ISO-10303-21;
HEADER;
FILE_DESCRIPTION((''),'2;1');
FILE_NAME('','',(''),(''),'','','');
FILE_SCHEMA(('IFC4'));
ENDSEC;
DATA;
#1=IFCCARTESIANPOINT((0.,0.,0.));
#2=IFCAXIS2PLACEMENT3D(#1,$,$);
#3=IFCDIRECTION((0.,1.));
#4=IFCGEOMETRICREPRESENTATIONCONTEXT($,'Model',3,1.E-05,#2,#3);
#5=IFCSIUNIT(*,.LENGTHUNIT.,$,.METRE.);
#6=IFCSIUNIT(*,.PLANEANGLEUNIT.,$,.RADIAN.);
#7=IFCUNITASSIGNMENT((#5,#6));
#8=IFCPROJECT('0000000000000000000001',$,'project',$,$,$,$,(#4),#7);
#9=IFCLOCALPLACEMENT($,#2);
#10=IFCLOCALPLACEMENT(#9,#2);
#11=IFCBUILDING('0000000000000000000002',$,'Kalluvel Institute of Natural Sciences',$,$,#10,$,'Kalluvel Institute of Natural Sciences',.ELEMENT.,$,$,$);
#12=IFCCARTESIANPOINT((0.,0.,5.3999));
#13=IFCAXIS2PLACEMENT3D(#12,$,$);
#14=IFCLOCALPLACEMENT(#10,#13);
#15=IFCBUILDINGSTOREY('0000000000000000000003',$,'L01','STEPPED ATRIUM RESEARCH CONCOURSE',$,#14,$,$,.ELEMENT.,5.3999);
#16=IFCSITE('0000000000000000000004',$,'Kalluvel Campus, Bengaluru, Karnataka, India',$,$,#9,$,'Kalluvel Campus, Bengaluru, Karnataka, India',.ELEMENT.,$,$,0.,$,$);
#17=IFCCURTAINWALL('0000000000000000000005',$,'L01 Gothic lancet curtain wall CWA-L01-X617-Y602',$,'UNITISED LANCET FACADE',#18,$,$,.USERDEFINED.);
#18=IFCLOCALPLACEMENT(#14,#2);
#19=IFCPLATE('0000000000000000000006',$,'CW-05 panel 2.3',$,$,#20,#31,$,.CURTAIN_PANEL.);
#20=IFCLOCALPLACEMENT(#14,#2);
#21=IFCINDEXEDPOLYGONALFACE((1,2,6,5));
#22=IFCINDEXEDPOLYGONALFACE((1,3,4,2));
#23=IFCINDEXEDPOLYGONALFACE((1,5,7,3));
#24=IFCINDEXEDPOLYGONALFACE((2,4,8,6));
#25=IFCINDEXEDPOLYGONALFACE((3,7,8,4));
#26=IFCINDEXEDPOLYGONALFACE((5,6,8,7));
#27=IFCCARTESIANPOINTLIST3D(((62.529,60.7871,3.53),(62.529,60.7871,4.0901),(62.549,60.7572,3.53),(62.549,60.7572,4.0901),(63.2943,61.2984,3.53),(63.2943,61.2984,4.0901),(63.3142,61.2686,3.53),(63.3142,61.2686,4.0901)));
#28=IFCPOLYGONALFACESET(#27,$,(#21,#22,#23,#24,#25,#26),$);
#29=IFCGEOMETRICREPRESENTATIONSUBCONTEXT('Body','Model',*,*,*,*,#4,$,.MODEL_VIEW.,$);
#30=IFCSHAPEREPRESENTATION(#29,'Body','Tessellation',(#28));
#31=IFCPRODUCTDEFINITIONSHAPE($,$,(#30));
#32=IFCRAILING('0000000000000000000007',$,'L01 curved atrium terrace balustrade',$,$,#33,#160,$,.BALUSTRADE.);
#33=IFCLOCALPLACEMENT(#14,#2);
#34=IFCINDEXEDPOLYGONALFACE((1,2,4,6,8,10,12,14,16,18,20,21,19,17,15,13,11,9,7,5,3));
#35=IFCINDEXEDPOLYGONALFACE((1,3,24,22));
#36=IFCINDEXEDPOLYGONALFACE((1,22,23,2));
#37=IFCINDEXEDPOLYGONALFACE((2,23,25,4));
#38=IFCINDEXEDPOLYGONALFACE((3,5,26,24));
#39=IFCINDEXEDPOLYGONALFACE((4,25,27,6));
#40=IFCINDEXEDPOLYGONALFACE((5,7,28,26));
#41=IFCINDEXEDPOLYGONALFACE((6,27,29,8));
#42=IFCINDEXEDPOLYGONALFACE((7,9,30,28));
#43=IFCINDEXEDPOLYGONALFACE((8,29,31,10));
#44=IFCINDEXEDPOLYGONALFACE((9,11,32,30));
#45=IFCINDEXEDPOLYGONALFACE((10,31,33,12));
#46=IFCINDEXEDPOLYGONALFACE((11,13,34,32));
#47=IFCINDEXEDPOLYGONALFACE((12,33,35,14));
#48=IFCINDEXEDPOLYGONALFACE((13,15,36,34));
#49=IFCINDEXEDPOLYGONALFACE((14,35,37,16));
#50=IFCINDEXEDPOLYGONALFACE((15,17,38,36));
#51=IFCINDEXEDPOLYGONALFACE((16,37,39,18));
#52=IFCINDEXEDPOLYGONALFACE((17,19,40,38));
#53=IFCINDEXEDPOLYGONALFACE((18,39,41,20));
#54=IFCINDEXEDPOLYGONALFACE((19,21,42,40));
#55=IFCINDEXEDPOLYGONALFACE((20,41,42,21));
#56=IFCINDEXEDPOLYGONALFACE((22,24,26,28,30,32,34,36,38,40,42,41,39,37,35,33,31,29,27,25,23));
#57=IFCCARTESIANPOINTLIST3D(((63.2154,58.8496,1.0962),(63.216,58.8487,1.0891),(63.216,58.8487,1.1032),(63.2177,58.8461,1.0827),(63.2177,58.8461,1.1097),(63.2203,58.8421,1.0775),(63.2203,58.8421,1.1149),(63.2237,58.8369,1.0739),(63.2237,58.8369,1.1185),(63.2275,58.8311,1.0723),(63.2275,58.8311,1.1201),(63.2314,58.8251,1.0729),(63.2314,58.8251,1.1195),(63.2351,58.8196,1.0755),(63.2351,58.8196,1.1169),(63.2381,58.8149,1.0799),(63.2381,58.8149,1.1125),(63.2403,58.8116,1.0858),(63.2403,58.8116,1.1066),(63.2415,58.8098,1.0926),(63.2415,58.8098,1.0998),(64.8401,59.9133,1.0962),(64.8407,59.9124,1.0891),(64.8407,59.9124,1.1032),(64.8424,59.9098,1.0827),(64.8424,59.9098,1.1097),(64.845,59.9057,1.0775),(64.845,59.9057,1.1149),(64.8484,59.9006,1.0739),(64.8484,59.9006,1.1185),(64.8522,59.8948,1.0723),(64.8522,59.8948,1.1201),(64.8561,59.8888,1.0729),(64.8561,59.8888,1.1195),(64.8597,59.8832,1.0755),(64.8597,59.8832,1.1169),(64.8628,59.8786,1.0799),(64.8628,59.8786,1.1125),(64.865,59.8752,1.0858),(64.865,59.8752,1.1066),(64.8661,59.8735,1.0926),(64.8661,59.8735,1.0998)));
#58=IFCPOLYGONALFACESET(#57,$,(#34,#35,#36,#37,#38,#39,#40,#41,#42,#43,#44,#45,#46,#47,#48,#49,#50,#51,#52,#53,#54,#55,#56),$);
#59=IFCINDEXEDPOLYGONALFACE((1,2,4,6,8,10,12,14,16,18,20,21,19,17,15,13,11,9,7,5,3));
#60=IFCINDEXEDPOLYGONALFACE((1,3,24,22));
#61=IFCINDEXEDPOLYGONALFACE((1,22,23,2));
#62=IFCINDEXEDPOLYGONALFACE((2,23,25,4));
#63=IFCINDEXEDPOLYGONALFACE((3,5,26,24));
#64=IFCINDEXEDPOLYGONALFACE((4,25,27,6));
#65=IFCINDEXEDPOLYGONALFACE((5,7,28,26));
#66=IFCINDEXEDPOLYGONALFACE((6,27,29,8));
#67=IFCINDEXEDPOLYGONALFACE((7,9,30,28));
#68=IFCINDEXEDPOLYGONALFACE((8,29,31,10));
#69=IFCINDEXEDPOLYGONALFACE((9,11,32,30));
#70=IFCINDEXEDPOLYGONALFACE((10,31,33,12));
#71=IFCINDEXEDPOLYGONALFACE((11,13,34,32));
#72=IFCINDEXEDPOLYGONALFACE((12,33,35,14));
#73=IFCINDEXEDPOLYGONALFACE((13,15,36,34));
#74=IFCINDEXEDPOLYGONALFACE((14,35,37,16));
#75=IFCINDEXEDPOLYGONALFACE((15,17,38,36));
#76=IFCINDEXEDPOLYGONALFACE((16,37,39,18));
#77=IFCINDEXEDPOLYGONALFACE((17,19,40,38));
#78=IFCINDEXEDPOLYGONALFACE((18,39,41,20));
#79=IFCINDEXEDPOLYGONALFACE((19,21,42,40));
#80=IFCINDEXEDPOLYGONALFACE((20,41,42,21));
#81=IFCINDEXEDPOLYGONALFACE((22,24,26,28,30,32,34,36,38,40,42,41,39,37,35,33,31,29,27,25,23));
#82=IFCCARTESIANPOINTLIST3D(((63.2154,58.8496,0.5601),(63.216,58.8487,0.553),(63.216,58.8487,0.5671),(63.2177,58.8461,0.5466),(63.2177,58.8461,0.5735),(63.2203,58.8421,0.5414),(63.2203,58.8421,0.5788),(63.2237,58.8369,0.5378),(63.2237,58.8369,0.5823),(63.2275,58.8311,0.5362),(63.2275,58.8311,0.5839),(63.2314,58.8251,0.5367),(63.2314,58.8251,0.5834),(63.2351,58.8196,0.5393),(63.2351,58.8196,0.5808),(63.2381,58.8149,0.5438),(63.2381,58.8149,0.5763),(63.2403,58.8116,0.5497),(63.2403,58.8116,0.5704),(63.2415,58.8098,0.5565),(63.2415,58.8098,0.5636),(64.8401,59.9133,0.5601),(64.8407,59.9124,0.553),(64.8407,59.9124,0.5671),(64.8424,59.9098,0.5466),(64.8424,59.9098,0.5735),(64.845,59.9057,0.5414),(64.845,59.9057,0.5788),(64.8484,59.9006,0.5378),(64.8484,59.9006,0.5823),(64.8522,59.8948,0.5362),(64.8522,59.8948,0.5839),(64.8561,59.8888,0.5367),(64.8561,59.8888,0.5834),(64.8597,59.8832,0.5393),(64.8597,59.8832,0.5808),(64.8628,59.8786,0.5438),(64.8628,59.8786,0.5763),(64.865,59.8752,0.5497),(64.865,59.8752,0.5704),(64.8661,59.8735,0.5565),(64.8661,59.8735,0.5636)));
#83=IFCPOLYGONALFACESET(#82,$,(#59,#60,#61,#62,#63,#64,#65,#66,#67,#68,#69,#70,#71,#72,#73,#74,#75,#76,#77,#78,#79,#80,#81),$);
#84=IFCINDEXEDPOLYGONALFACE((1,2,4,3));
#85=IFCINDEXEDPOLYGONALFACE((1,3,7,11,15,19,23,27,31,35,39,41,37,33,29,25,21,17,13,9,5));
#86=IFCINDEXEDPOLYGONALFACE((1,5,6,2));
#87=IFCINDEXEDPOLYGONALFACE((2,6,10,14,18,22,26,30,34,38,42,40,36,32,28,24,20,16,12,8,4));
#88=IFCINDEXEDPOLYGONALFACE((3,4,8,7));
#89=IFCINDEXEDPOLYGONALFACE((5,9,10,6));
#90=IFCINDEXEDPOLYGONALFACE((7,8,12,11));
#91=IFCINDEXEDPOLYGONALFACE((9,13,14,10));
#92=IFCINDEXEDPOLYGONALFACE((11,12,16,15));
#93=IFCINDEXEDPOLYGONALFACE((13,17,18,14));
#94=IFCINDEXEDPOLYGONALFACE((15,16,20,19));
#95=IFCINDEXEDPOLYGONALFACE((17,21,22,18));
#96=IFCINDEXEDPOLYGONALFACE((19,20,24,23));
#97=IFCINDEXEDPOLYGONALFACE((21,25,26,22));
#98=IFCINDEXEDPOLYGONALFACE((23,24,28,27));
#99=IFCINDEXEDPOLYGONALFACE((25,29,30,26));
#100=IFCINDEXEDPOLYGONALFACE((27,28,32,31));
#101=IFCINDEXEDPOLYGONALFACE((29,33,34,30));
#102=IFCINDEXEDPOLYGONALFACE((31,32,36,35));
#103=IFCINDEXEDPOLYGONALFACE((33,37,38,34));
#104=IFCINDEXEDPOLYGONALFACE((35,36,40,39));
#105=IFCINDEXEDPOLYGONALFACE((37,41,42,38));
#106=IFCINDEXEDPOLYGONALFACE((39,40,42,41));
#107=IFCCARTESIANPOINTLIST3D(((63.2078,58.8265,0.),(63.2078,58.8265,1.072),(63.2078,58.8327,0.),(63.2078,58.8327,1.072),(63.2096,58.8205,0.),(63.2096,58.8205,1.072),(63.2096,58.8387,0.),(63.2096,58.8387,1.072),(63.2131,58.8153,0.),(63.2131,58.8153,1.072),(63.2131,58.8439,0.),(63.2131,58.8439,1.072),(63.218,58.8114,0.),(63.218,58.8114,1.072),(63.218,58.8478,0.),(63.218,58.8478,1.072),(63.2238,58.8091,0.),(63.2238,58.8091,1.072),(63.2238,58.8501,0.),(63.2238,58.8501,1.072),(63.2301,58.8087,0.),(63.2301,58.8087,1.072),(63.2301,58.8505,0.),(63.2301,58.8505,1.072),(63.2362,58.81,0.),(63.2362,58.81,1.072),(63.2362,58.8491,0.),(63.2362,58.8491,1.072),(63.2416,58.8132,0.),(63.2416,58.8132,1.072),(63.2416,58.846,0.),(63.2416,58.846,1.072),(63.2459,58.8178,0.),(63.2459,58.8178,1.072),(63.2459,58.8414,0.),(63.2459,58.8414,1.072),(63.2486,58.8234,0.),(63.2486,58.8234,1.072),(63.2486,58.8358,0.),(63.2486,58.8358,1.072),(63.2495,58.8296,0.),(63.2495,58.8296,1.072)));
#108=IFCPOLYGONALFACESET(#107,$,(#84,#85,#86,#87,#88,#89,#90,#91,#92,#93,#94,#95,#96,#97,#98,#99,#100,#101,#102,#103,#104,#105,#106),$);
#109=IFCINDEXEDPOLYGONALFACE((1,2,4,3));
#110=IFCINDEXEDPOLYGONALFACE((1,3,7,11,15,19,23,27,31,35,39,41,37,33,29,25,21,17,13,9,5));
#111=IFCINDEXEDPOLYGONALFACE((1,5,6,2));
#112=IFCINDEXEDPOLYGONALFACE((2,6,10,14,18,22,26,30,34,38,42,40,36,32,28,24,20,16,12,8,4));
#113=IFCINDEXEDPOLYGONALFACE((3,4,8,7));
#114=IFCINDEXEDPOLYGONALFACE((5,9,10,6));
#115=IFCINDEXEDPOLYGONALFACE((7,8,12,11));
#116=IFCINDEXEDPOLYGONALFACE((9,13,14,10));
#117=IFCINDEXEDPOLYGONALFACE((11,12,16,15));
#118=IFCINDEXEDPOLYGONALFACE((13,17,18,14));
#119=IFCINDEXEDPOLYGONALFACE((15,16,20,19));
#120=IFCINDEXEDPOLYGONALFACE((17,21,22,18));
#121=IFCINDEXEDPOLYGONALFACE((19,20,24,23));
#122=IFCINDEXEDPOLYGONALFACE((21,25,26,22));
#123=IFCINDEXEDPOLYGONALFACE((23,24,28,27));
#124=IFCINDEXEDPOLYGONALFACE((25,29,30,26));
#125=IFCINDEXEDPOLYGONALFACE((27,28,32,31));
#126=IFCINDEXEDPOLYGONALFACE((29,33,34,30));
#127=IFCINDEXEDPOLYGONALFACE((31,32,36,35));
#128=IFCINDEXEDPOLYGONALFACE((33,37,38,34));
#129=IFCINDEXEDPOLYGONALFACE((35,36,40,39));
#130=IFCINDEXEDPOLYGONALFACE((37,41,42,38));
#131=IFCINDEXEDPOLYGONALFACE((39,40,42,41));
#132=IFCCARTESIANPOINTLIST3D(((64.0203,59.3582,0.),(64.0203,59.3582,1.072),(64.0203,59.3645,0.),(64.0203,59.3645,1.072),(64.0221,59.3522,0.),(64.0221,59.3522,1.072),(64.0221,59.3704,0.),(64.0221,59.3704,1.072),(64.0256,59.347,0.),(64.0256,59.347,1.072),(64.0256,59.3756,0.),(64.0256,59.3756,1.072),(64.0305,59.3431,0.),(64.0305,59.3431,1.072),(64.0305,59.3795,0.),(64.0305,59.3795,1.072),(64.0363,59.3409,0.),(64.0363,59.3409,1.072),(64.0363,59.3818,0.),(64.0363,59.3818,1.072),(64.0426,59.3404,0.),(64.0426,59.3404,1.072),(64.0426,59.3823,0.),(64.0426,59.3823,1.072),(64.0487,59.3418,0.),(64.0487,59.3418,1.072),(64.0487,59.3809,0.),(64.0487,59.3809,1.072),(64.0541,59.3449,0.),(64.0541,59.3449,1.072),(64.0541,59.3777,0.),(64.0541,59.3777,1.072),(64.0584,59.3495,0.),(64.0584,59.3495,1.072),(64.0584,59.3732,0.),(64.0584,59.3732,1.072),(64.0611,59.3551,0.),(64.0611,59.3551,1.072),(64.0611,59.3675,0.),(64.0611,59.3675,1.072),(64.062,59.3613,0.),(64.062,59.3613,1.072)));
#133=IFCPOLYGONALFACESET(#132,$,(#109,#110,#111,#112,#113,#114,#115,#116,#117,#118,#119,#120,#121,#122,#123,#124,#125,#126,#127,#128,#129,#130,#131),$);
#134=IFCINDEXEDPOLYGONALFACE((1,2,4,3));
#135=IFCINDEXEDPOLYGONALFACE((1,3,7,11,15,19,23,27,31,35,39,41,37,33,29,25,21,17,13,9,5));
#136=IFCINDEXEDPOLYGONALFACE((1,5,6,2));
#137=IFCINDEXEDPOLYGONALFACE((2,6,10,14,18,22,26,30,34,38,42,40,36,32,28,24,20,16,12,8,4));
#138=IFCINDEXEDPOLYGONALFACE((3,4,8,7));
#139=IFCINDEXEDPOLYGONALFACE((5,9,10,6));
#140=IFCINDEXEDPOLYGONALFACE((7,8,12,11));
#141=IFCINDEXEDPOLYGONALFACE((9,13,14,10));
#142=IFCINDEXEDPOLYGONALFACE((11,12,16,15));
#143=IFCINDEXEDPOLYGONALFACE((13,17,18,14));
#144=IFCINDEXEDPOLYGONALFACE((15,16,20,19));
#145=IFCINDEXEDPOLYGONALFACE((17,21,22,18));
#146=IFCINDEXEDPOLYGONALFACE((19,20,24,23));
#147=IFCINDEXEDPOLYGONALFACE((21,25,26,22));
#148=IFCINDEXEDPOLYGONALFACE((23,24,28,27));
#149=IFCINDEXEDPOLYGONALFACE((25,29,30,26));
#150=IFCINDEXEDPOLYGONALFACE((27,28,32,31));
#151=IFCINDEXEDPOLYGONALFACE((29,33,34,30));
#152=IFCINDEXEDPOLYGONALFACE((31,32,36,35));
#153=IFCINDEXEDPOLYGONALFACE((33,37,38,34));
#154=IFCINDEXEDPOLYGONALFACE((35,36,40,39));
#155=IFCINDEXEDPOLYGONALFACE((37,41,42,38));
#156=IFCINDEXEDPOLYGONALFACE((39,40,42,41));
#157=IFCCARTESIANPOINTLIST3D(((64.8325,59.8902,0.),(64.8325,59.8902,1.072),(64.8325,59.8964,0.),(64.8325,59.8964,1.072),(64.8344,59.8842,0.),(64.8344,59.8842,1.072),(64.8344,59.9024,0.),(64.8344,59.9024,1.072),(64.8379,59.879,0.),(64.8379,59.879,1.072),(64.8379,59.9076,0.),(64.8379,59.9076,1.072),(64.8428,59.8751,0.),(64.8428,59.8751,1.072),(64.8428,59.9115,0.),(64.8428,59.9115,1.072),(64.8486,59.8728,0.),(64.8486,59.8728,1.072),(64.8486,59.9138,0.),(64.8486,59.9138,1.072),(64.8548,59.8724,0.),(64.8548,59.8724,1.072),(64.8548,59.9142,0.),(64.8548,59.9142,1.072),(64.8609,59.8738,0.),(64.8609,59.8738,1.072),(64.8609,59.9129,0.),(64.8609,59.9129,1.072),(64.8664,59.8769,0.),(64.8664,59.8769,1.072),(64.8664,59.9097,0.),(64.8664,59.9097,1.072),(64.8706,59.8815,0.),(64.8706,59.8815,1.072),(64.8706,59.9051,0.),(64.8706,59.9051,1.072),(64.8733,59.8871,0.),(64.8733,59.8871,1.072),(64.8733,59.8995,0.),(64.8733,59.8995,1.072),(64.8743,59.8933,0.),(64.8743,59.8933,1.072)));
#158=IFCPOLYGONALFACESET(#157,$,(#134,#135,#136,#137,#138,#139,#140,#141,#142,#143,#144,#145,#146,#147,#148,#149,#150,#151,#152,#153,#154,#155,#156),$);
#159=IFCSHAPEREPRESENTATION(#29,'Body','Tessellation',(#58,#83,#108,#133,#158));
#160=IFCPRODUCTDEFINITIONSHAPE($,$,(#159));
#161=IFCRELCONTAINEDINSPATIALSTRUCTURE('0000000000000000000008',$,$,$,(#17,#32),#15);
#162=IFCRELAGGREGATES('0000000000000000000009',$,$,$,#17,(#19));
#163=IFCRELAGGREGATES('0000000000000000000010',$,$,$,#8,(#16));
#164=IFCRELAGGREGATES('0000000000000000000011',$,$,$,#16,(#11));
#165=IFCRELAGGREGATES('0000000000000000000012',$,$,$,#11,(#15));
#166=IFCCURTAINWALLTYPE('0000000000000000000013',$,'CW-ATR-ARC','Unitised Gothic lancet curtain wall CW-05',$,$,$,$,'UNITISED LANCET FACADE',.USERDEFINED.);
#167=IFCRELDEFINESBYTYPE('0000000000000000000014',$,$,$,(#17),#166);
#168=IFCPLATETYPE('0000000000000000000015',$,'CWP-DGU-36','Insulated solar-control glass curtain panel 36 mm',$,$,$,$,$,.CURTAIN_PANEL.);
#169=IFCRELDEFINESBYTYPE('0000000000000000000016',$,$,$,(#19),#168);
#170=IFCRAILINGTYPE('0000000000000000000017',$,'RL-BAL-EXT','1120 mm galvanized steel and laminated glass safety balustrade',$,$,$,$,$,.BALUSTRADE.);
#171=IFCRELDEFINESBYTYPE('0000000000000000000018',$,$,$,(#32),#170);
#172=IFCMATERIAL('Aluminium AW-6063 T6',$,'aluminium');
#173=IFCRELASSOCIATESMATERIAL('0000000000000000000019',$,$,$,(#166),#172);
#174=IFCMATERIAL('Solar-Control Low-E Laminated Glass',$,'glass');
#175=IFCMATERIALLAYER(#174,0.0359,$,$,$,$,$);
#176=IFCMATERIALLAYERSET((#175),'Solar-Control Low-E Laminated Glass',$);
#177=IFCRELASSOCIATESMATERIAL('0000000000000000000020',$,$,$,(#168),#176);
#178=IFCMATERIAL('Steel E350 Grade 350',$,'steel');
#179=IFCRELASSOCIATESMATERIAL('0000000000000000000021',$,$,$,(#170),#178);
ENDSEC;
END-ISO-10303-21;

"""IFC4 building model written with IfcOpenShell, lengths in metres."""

from ifc_helpers import new_model, si_unit, direction, frame, origin, origin_2d, place, context, subcontext, project, spatial, rectangle, circle, extrude, material, layer, layer_set, type_object, element, aggregate, save


model = new_model("IFC4")

# Units and contexts
model_context = context("Model", 3, precision=1e-05, world=origin(), true_north=direction((0.0, 1.0)))
body_context = subcontext(model_context, "Body", "Model", "MODEL_VIEW")
ifc_project = project(units=[si_unit("LENGTHUNIT", "METRE"), si_unit("PLANEANGLEUNIT", "RADIAN")], contexts=[model_context])

# Site, building, storey
site_placement = place(None, origin())
site = spatial("IfcSite", under=ifc_project, at=site_placement, Name="Kalluvel Campus, Bengaluru, Karnataka, India", LongName="Kalluvel Campus, Bengaluru, Karnataka, India", CompositionType="ELEMENT", RefElevation=0.0)
building_placement = place(site_placement, origin())
building = spatial("IfcBuilding", under=site, at=building_placement, Name="Kalluvel Institute of Natural Sciences", LongName="Kalluvel Institute of Natural Sciences", CompositionType="ELEMENT")
storey_placement = place(building_placement, frame((0.0, 0.0, 5.3999)))
storey = spatial("IfcBuildingStorey", under=building, at=storey_placement, Name="L01", Description="STEPPED ATRIUM RESEARCH CONCOURSE", CompositionType="ELEMENT", Elevation=5.3999)

# Shared definitions
ifc_material_1 = material(Name="Aluminium AW-6063 T6", Category="aluminium")
curtain_wall_type = type_object("IfcCurtainWallType", Name="CW-ATR-ARC", Description="Unitised Gothic lancet curtain wall CW-05", ElementType="UNITISED LANCET FACADE", PredefinedType="USERDEFINED", material=ifc_material_1)

# Curtain wall
curtain_wall_1_placement = place(storey_placement, origin())
curtain_wall_1 = element("IfcCurtainWall", 1, at=curtain_wall_1_placement, inside=storey, type_object=curtain_wall_type, Name="L01 Gothic lancet curtain wall CWA-L01-X617-Y602", ObjectType="UNITISED LANCET FACADE", PredefinedType="USERDEFINED")

# Plate
ifc_material_2 = material(Name="Solar-Control Low-E Laminated Glass", Category="glass")
ifc_layer = layer(ifc_material_2, 0.0359)
ifc_layer_set = layer_set([ifc_layer], Name="Solar-Control Low-E Laminated Glass")
plate_type = type_object("IfcPlateType", Name="CWP-DGU-36", Description="Insulated solar-control glass curtain panel 36 mm", PredefinedType="CURTAIN_PANEL", material=ifc_layer_set)
plate_1_placement = place(storey_placement, frame((62.9216, 61.0278, 3.53), z_axis=(0.0, 0.0, 1.0), x_axis=(0.831469, 0.555571, 0.0)))
plate_1 = element("IfcPlate", 2, at=plate_1_placement, type_object=plate_type, Name="CW-05 panel 2.3", PredefinedType="CURTAIN_PANEL", context=body_context, shape_type="SweptSolid", body=[
    extrude(rectangle(XDim=0.9204, YDim=0.0359, at=origin_2d()), origin(), (0.0, 0.0, 1.0), 0.5601),
])
aggregate(curtain_wall_1, [plate_1])

# Railing
ifc_material_3 = material(Name="Steel E350 Grade 350", Category="steel")
railing_type = type_object("IfcRailingType", Name="RL-BAL-EXT", Description="1120 mm galvanized steel and laminated glass safety balustrade", PredefinedType="BALUSTRADE", material=ifc_material_3)
railing_placement = place(storey_placement, frame((63.2285, 58.8296, 0.0)))
element("IfcRailing", 3, at=railing_placement, inside=storey, type_object=railing_type, Name="L01 curved atrium terrace balustrade", PredefinedType="BALUSTRADE", context=body_context, shape_type="SweptSolid", body=[
    extrude(circle(Radius=0.0239, at=origin_2d()), frame((0.0, 0.0, 1.0962), z_axis=(0.836644, 0.547747, 0.0), x_axis=(-0.547747, 0.836644, 0.0)), (0.0, 0.0, 1.0), 1.9419),
    extrude(circle(Radius=0.0239, at=origin_2d()), frame((0.0, 0.0, 0.5601), z_axis=(0.836644, 0.547747, 0.0), x_axis=(-0.547747, 0.836644, 0.0)), (0.0, 0.0, 1.0), 1.9419),
    extrude(circle(Radius=0.021, at=origin_2d()), origin(), (0.0, 0.0, 1.0), 1.072),
    extrude(circle(Radius=0.021, at=origin_2d()), frame((0.8125, 0.5317, 0.0)), (0.0, 0.0, 1.0), 1.072),
    extrude(circle(Radius=0.021, at=origin_2d()), frame((1.6248, 1.0637, 0.0)), (0.0, 0.0, 1.0), 1.072),
])

save(model, "model.ifc")
